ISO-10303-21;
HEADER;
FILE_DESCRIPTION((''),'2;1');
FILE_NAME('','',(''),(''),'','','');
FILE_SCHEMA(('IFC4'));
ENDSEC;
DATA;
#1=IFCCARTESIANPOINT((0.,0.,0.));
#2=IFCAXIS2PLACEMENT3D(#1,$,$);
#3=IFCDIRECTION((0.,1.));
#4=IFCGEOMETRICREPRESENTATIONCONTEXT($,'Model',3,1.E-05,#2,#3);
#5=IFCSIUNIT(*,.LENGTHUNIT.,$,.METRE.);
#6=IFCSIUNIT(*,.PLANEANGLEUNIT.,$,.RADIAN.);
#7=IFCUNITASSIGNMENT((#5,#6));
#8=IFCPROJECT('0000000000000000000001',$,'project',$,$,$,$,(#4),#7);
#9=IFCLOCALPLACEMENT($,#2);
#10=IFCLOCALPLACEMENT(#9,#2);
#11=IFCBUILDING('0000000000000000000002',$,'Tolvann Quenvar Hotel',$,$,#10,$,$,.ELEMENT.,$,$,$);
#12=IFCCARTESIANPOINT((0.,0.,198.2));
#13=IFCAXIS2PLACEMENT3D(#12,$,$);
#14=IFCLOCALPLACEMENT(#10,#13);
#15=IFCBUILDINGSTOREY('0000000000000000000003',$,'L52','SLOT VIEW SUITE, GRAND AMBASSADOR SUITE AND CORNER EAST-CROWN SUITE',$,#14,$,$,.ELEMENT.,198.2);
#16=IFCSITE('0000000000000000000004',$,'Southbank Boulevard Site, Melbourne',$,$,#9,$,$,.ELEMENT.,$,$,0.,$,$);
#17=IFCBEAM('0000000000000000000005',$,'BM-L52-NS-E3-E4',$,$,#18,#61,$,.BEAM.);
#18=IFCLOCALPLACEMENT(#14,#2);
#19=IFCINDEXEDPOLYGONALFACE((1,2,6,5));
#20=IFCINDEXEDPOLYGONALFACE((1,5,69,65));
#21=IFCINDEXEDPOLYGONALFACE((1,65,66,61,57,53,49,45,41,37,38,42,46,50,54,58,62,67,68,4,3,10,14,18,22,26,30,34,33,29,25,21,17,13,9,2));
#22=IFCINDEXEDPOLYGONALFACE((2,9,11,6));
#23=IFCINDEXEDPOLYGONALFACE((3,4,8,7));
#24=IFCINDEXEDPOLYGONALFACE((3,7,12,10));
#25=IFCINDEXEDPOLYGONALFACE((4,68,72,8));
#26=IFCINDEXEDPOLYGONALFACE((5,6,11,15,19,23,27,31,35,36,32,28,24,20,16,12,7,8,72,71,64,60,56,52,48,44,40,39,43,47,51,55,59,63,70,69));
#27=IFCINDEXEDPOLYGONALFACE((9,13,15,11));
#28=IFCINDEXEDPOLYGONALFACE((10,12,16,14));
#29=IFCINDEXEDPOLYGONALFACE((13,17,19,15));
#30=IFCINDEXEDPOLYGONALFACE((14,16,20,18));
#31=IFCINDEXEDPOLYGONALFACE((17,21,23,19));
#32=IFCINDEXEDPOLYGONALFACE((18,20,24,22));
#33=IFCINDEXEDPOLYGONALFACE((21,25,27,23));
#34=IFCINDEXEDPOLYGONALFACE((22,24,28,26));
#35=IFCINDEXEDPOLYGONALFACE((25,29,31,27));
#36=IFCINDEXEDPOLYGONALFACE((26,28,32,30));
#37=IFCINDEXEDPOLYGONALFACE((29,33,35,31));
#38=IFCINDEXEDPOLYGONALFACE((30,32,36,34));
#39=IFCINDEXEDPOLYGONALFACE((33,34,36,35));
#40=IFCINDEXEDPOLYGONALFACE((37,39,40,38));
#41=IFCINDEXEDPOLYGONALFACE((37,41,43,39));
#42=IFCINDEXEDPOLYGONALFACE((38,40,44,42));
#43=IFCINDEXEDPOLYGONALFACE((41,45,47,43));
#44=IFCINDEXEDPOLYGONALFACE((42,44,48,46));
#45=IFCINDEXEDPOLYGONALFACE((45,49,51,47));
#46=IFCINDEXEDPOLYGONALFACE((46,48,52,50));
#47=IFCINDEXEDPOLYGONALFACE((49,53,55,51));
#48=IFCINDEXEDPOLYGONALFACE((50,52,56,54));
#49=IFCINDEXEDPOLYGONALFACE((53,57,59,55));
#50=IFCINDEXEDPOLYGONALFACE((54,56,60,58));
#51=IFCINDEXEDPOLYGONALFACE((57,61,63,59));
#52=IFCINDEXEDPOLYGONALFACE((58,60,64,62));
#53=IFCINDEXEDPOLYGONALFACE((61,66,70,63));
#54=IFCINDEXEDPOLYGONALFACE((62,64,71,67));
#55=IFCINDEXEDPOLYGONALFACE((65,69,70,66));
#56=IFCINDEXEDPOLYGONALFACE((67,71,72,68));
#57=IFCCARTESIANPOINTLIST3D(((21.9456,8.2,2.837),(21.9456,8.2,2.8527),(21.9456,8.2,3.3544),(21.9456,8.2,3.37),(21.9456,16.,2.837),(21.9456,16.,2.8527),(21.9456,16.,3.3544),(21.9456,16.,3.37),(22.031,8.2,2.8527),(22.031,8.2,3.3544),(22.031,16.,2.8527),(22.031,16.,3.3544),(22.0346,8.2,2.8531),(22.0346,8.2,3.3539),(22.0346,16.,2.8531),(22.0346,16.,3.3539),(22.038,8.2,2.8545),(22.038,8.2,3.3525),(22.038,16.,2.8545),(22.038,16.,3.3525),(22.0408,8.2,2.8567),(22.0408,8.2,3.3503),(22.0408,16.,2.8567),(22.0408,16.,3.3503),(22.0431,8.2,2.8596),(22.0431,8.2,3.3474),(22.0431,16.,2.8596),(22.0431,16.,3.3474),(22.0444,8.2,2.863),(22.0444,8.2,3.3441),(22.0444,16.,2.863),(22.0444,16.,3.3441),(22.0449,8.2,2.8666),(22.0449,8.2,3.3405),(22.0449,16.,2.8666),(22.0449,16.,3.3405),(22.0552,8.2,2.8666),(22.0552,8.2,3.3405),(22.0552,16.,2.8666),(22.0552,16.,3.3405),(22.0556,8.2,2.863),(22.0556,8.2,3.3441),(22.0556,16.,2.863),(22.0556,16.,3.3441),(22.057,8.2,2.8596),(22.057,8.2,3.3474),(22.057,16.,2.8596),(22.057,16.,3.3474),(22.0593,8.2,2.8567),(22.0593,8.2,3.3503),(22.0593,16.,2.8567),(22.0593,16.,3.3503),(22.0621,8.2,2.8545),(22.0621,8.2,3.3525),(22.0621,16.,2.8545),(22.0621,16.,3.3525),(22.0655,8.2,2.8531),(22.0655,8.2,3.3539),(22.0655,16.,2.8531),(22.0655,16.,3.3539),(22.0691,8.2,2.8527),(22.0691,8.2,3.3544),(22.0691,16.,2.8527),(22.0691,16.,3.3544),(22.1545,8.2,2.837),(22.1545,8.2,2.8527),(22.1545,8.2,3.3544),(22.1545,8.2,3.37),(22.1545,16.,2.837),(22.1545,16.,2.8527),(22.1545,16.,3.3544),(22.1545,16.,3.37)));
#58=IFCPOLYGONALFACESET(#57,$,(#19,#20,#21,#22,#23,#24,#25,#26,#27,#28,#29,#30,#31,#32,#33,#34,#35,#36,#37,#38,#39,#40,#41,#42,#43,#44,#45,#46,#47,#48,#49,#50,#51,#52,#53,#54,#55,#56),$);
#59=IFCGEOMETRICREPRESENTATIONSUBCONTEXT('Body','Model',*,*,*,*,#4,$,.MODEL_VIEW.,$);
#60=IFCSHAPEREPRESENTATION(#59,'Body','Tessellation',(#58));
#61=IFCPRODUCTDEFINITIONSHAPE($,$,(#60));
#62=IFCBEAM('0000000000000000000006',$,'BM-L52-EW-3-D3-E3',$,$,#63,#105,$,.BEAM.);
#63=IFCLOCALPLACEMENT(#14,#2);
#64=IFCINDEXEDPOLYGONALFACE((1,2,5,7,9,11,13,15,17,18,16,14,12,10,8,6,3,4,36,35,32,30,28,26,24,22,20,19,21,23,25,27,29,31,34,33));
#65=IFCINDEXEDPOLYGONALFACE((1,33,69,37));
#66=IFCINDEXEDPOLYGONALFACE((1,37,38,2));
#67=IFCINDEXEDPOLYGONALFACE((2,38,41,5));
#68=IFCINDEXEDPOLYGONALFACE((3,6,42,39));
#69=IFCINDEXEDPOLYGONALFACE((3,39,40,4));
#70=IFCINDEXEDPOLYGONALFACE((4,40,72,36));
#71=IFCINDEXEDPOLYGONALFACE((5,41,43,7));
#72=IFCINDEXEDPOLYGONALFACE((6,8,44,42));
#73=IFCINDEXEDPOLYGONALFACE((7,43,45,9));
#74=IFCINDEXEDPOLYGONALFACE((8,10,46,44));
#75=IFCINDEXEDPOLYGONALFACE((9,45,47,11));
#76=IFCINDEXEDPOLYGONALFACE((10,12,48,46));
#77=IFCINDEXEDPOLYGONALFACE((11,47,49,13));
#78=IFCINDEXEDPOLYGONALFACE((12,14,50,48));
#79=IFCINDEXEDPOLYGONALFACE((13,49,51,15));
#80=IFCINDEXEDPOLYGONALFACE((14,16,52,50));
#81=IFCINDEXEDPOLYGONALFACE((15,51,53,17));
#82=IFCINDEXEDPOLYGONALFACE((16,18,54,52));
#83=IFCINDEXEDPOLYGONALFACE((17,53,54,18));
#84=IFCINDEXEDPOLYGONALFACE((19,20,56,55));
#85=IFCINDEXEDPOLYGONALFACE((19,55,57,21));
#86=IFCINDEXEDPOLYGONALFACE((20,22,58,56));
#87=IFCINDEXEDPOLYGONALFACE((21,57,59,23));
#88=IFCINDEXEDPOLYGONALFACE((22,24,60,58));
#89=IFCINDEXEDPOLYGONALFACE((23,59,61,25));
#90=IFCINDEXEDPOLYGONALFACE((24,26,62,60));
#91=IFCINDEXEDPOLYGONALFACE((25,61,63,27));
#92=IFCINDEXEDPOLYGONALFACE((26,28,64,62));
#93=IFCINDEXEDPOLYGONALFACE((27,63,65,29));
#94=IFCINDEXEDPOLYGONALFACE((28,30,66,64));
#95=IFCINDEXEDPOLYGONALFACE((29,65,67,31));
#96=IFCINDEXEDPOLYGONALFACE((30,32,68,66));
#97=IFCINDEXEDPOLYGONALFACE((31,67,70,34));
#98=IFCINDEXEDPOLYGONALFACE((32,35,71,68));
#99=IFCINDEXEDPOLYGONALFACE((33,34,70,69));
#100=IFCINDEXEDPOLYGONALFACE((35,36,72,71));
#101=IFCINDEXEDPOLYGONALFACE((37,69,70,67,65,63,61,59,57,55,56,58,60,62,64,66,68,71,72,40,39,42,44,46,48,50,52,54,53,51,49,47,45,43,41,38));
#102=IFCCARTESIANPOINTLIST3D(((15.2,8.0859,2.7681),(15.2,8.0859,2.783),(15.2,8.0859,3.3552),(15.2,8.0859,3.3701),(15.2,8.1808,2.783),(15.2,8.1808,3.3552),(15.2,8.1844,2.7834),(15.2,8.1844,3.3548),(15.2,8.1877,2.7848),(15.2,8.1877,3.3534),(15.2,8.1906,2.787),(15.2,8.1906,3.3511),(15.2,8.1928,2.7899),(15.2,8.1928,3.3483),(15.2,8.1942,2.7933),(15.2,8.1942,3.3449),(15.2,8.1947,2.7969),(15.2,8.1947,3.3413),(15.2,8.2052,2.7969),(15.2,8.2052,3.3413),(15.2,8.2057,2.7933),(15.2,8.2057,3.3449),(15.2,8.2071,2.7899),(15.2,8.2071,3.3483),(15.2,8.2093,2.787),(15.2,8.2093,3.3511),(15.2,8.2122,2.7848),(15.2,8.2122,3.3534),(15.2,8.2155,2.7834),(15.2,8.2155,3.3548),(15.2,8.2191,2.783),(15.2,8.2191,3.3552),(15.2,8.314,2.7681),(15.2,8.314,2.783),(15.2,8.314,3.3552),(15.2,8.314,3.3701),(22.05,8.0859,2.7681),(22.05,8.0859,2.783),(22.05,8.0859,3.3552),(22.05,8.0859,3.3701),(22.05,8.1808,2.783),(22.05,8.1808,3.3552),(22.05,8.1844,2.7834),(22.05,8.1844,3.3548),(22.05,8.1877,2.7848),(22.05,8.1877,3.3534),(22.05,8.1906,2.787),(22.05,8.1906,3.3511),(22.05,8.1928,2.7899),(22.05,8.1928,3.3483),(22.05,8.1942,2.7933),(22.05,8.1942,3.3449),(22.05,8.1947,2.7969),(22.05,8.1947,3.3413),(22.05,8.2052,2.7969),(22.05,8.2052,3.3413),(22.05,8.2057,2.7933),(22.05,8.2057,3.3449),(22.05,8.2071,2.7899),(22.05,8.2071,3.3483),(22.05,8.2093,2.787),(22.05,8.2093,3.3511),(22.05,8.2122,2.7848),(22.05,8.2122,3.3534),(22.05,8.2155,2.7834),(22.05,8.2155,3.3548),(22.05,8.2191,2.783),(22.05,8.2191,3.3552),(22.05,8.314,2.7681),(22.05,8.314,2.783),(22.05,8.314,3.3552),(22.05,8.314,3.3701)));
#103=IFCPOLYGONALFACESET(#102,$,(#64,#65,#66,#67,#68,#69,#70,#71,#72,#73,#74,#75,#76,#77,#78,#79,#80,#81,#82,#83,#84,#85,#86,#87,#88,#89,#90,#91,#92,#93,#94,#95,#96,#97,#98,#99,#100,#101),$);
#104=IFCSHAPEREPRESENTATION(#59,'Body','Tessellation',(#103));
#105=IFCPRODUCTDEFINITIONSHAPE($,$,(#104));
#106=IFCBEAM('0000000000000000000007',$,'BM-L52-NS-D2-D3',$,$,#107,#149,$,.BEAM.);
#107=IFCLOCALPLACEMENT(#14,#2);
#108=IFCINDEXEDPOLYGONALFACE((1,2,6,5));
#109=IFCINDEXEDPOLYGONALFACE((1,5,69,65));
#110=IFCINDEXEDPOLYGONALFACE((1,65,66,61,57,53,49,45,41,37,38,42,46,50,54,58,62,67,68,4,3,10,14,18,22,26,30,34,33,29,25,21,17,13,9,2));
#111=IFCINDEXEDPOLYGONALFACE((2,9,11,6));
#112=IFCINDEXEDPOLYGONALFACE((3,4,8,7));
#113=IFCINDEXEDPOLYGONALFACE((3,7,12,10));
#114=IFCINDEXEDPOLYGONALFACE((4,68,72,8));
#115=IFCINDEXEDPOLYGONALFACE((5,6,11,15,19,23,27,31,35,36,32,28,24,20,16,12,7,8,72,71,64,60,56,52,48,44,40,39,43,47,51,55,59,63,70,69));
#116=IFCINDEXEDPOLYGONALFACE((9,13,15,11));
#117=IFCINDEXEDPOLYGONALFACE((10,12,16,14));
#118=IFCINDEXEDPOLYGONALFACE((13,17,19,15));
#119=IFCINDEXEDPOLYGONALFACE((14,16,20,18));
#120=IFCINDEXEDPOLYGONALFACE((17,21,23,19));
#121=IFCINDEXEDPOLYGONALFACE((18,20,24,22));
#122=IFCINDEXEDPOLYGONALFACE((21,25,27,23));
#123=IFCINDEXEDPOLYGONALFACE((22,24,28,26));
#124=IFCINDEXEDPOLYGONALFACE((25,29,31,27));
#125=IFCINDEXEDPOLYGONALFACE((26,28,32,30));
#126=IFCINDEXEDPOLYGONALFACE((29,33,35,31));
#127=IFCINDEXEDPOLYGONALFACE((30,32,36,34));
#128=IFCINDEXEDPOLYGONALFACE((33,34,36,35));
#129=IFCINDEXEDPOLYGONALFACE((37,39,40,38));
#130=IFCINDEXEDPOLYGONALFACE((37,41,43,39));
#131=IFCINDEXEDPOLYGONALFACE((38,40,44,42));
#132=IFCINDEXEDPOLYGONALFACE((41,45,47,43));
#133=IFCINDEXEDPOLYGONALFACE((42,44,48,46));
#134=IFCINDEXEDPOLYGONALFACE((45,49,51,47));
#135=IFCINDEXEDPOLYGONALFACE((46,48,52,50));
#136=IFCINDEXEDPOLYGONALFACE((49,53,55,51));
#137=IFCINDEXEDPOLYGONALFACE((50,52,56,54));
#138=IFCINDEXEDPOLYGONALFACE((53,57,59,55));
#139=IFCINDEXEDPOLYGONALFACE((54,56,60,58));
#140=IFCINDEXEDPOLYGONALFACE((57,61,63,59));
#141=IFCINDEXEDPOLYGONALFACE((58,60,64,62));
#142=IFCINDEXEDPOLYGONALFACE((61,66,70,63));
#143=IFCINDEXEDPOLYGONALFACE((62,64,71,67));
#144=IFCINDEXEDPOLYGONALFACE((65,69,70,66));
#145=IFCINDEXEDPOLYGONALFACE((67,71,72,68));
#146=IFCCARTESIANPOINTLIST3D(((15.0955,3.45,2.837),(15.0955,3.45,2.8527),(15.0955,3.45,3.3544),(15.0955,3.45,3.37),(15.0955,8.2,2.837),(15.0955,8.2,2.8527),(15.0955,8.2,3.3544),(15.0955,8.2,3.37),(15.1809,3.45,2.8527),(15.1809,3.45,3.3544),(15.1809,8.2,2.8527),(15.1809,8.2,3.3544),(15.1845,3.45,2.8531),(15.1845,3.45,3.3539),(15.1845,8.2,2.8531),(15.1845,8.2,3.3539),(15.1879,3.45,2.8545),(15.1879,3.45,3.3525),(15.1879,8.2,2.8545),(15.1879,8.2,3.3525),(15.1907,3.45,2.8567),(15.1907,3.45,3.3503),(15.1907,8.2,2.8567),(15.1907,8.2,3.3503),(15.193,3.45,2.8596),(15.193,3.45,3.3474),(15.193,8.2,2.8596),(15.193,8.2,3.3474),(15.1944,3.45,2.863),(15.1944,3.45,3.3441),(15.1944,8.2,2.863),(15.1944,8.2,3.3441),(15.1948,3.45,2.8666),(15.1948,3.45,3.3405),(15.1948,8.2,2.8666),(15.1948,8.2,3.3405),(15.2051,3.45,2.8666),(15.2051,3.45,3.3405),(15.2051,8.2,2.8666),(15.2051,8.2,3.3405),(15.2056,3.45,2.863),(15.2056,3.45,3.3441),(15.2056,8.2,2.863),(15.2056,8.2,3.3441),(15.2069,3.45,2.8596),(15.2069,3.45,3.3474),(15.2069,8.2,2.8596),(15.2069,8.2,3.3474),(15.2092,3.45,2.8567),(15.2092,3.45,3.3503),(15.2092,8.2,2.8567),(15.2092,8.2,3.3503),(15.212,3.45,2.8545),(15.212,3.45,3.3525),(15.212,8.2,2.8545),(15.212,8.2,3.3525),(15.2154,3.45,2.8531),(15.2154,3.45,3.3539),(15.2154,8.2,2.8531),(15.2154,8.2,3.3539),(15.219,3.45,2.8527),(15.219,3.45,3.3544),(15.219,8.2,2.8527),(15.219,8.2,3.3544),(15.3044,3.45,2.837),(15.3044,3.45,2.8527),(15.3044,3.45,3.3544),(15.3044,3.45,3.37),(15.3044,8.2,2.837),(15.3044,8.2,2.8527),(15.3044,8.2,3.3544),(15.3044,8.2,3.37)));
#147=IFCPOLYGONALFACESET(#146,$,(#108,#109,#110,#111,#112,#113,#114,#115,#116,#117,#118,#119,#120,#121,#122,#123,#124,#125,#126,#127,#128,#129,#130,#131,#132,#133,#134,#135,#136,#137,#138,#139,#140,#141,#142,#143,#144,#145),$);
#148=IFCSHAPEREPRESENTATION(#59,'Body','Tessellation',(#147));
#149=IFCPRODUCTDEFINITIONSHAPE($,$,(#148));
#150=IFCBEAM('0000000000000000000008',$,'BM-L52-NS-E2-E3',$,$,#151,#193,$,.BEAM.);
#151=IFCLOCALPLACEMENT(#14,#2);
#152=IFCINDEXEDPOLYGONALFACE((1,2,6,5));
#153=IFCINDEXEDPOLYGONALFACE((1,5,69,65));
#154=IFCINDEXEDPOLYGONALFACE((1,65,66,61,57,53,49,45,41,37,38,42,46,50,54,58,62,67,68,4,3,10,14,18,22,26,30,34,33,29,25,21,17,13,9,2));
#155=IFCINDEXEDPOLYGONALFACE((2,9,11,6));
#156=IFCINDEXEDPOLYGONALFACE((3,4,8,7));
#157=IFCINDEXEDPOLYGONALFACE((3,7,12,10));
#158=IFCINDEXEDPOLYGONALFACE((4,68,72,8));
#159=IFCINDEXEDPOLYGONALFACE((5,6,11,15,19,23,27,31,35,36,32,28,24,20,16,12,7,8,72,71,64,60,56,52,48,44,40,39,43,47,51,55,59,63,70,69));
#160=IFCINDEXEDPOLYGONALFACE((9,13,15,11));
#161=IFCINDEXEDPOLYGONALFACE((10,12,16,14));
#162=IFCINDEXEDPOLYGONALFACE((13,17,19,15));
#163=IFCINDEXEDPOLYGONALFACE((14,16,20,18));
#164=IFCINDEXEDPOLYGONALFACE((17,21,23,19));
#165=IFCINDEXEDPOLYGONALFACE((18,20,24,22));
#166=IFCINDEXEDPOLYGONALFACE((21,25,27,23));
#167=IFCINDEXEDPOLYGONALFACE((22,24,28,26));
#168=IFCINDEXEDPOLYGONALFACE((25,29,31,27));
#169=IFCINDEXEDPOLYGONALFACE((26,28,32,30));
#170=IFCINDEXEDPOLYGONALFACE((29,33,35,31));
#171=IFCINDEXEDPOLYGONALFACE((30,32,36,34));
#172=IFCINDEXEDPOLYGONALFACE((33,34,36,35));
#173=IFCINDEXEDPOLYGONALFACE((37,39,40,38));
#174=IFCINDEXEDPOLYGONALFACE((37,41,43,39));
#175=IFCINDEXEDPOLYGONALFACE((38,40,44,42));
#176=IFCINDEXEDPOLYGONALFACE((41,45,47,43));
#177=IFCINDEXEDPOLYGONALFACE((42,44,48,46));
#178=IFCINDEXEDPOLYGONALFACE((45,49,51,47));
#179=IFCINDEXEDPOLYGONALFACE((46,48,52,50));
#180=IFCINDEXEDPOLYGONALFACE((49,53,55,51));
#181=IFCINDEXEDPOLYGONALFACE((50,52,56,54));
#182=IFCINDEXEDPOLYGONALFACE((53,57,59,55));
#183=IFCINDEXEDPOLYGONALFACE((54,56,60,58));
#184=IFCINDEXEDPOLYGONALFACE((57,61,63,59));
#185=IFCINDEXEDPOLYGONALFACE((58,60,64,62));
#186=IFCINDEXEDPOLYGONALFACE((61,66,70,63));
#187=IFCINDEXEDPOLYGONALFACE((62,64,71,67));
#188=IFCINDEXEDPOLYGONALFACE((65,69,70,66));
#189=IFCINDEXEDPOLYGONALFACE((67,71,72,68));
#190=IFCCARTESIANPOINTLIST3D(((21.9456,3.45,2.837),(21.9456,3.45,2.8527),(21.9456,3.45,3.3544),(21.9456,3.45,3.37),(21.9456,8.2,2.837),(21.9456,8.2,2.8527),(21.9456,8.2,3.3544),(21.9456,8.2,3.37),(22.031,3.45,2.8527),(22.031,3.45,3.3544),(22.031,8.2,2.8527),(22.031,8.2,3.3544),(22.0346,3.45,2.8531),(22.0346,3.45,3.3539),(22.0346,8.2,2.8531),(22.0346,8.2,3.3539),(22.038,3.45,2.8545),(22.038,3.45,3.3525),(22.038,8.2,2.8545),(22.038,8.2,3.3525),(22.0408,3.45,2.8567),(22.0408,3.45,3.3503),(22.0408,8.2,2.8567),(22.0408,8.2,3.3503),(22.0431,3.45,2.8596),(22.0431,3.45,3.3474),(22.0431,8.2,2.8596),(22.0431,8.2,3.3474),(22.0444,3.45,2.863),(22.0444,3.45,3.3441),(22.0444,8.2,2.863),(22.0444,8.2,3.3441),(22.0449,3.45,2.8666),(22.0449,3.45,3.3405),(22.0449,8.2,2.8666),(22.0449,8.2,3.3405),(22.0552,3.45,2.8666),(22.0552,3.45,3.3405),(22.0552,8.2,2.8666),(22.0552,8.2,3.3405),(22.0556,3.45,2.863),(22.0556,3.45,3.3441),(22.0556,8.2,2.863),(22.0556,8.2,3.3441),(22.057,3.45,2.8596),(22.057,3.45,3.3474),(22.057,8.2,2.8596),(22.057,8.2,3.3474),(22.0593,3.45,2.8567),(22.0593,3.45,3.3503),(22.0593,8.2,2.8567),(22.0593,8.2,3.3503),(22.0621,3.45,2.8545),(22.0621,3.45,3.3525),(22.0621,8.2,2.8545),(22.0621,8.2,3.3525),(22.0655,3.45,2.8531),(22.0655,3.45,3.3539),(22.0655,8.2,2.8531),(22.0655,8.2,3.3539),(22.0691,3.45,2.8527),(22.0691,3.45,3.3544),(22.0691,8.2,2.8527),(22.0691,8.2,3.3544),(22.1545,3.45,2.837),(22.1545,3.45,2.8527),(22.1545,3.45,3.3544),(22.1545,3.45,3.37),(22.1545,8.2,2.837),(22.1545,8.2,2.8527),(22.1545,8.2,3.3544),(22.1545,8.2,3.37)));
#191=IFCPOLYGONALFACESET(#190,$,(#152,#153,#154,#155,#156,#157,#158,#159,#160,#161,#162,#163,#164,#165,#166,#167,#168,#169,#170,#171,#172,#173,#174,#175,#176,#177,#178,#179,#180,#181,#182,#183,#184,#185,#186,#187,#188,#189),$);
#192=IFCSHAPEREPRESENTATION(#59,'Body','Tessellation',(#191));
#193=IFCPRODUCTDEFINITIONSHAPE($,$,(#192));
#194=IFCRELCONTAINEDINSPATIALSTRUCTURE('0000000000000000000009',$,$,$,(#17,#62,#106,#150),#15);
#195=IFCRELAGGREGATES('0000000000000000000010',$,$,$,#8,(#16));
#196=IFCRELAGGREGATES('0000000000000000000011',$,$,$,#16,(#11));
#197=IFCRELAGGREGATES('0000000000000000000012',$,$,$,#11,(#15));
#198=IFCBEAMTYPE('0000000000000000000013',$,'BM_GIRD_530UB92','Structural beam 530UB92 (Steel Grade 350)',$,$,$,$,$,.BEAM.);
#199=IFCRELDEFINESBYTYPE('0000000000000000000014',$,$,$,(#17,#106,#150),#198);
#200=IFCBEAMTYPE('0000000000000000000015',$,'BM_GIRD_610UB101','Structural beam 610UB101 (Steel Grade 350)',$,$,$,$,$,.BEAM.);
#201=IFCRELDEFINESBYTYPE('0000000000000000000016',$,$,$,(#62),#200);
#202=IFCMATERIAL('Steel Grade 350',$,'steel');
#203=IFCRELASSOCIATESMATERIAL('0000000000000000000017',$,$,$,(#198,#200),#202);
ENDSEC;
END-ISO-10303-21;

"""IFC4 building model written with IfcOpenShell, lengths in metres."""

from ifc_helpers import new_model, si_unit, direction, frame, origin, origin_2d, place, context, subcontext, project, spatial, i_section, extrude, source, transform, mapped, material, material_profile, profile_set, type_object, type_shapes, element, save


model = new_model("IFC4")

# Units and contexts
model_context = context("Model", 3, precision=1e-05, world=origin(), true_north=direction((0.0, 1.0)))
body_context = subcontext(model_context, "Body", "Model", "MODEL_VIEW")
ifc_project = project(units=[si_unit("LENGTHUNIT", "METRE"), si_unit("PLANEANGLEUNIT", "RADIAN")], contexts=[model_context])

# Site, building, storey
site_placement = place(None, origin())
site = spatial("IfcSite", under=ifc_project, at=site_placement, Name="Southbank Boulevard Site, Melbourne", CompositionType="ELEMENT", RefElevation=0.0)
building_placement = place(site_placement, origin())
building = spatial("IfcBuilding", under=site, at=building_placement, Name="Tolvann Quenvar Hotel", CompositionType="ELEMENT")
storey_placement = place(building_placement, frame((0.0, 0.0, 198.2)))
storey = spatial("IfcBuildingStorey", under=building, at=storey_placement, Name="L52", Description="SLOT VIEW SUITE, GRAND AMBASSADOR SUITE AND CORNER EAST-CROWN SUITE", CompositionType="ELEMENT", Elevation=198.2)

# Shared definitions
ifc_material_1 = material(Name="Steel Grade 350", Category="steel")

# Beams
ifc_material_profile_1 = material_profile(ifc_material_1, i_section(OverallWidth=0.209, OverallDepth=0.533, WebThickness=0.0103, FlangeThickness=0.0156, FilletRadius=0.0139, at=origin_2d()), Name="530UB92")
ifc_profile_set_1 = profile_set([ifc_material_profile_1], Name="Steel Grade 350")
beam_type_1 = type_object("IfcBeamType", Name="BM_GIRD_530UB92", Description="Structural beam 530UB92 (Steel Grade 350)", PredefinedType="BEAM", material=ifc_profile_set_1)
shared_shape_1 = source(origin(), body_context, "Body", "SweptSolid", [
    extrude(i_section(OverallWidth=0.209, OverallDepth=0.533, WebThickness=0.0103, FlangeThickness=0.0156, FilletRadius=0.0139, at=origin_2d()), origin(), (0.0, 0.0, 1.0), 7.8),
])
for number, where, z_axis, x_axis, name in (
    (1, (22.05, 8.2, 3.1035), (0.0, 1.0, 0.0), (-1.0, 0.0, 0.0), "BM-L52-NS-E3-E4"),
):
    element("IfcBeam", number, at=place(storey_placement, frame(where, z_axis=z_axis, x_axis=x_axis)), inside=storey, type_object=beam_type_1, Name=name, PredefinedType="BEAM", context=body_context, shape_type="MappedRepresentation", body=[
        mapped(shared_shape_1, transform((0.0, 0.0, 0.0), x_axis=(1.0, 0.0, 0.0), y_axis=(0.0, 1.0, 0.0), z_axis=(0.0, 0.0, 1.0), scale=1.0)),
    ])
ifc_material_profile_2 = material_profile(ifc_material_1, i_section(OverallWidth=0.228, OverallDepth=0.6021, WebThickness=0.0105, FlangeThickness=0.0149, FilletRadius=0.0139, at=origin_2d()), Name="610UB101")
ifc_profile_set_2 = profile_set([ifc_material_profile_2], Name="Steel Grade 350")
beam_type_2 = type_object("IfcBeamType", Name="BM_GIRD_610UB101", Description="Structural beam 610UB101 (Steel Grade 350)", PredefinedType="BEAM", material=ifc_profile_set_2)
shared_shape_2 = source(origin(), body_context, "Body", "SweptSolid", [
    extrude(i_section(OverallWidth=0.228, OverallDepth=0.6021, WebThickness=0.0105, FlangeThickness=0.0149, FilletRadius=0.0139, at=origin_2d()), origin(), (0.0, 0.0, 1.0), 6.8501),
])
type_shapes(beam_type_2, [shared_shape_2])
beam_1_placement = place(storey_placement, frame((15.2, 8.2, 3.0691), z_axis=(1.0, 0.0, 0.0), x_axis=(0.0, 1.0, 0.0)))
element("IfcBeam", 2, at=beam_1_placement, inside=storey, type_object=beam_type_2, Name="BM-L52-EW-3-D3-E3", PredefinedType="BEAM", context=body_context, shape_type="MappedRepresentation", body=[
    mapped(shared_shape_2, transform((0.0, 0.0, 0.0), x_axis=(1.0, 0.0, 0.0), y_axis=(0.0, 1.0, 0.0), z_axis=(0.0, 0.0, 1.0), scale=1.0)),
])
shared_shape_3 = source(origin(), body_context, "Body", "SweptSolid", [
    extrude(i_section(OverallWidth=0.209, OverallDepth=0.533, WebThickness=0.0103, FlangeThickness=0.0156, FilletRadius=0.0139, at=origin_2d()), origin(), (0.0, 0.0, 1.0), 4.75),
])
type_shapes(beam_type_1, [shared_shape_1, shared_shape_3])
for number, where, z_axis, x_axis, name in (
    (3, (15.2, 3.45, 3.1035), (0.0, 1.0, 0.0), (-1.0, 0.0, 0.0), "BM-L52-NS-D2-D3"),
    (4, (22.05, 3.45, 3.1035), (0.0, 1.0, 0.0), (-1.0, 0.0, 0.0), "BM-L52-NS-E2-E3"),
):
    element("IfcBeam", number, at=place(storey_placement, frame(where, z_axis=z_axis, x_axis=x_axis)), inside=storey, type_object=beam_type_1, Name=name, PredefinedType="BEAM", context=body_context, shape_type="MappedRepresentation", body=[
        mapped(shared_shape_3, transform((0.0, 0.0, 0.0), x_axis=(1.0, 0.0, 0.0), y_axis=(0.0, 1.0, 0.0), z_axis=(0.0, 0.0, 1.0), scale=1.0)),
    ])

save(model, "model.ifc")
